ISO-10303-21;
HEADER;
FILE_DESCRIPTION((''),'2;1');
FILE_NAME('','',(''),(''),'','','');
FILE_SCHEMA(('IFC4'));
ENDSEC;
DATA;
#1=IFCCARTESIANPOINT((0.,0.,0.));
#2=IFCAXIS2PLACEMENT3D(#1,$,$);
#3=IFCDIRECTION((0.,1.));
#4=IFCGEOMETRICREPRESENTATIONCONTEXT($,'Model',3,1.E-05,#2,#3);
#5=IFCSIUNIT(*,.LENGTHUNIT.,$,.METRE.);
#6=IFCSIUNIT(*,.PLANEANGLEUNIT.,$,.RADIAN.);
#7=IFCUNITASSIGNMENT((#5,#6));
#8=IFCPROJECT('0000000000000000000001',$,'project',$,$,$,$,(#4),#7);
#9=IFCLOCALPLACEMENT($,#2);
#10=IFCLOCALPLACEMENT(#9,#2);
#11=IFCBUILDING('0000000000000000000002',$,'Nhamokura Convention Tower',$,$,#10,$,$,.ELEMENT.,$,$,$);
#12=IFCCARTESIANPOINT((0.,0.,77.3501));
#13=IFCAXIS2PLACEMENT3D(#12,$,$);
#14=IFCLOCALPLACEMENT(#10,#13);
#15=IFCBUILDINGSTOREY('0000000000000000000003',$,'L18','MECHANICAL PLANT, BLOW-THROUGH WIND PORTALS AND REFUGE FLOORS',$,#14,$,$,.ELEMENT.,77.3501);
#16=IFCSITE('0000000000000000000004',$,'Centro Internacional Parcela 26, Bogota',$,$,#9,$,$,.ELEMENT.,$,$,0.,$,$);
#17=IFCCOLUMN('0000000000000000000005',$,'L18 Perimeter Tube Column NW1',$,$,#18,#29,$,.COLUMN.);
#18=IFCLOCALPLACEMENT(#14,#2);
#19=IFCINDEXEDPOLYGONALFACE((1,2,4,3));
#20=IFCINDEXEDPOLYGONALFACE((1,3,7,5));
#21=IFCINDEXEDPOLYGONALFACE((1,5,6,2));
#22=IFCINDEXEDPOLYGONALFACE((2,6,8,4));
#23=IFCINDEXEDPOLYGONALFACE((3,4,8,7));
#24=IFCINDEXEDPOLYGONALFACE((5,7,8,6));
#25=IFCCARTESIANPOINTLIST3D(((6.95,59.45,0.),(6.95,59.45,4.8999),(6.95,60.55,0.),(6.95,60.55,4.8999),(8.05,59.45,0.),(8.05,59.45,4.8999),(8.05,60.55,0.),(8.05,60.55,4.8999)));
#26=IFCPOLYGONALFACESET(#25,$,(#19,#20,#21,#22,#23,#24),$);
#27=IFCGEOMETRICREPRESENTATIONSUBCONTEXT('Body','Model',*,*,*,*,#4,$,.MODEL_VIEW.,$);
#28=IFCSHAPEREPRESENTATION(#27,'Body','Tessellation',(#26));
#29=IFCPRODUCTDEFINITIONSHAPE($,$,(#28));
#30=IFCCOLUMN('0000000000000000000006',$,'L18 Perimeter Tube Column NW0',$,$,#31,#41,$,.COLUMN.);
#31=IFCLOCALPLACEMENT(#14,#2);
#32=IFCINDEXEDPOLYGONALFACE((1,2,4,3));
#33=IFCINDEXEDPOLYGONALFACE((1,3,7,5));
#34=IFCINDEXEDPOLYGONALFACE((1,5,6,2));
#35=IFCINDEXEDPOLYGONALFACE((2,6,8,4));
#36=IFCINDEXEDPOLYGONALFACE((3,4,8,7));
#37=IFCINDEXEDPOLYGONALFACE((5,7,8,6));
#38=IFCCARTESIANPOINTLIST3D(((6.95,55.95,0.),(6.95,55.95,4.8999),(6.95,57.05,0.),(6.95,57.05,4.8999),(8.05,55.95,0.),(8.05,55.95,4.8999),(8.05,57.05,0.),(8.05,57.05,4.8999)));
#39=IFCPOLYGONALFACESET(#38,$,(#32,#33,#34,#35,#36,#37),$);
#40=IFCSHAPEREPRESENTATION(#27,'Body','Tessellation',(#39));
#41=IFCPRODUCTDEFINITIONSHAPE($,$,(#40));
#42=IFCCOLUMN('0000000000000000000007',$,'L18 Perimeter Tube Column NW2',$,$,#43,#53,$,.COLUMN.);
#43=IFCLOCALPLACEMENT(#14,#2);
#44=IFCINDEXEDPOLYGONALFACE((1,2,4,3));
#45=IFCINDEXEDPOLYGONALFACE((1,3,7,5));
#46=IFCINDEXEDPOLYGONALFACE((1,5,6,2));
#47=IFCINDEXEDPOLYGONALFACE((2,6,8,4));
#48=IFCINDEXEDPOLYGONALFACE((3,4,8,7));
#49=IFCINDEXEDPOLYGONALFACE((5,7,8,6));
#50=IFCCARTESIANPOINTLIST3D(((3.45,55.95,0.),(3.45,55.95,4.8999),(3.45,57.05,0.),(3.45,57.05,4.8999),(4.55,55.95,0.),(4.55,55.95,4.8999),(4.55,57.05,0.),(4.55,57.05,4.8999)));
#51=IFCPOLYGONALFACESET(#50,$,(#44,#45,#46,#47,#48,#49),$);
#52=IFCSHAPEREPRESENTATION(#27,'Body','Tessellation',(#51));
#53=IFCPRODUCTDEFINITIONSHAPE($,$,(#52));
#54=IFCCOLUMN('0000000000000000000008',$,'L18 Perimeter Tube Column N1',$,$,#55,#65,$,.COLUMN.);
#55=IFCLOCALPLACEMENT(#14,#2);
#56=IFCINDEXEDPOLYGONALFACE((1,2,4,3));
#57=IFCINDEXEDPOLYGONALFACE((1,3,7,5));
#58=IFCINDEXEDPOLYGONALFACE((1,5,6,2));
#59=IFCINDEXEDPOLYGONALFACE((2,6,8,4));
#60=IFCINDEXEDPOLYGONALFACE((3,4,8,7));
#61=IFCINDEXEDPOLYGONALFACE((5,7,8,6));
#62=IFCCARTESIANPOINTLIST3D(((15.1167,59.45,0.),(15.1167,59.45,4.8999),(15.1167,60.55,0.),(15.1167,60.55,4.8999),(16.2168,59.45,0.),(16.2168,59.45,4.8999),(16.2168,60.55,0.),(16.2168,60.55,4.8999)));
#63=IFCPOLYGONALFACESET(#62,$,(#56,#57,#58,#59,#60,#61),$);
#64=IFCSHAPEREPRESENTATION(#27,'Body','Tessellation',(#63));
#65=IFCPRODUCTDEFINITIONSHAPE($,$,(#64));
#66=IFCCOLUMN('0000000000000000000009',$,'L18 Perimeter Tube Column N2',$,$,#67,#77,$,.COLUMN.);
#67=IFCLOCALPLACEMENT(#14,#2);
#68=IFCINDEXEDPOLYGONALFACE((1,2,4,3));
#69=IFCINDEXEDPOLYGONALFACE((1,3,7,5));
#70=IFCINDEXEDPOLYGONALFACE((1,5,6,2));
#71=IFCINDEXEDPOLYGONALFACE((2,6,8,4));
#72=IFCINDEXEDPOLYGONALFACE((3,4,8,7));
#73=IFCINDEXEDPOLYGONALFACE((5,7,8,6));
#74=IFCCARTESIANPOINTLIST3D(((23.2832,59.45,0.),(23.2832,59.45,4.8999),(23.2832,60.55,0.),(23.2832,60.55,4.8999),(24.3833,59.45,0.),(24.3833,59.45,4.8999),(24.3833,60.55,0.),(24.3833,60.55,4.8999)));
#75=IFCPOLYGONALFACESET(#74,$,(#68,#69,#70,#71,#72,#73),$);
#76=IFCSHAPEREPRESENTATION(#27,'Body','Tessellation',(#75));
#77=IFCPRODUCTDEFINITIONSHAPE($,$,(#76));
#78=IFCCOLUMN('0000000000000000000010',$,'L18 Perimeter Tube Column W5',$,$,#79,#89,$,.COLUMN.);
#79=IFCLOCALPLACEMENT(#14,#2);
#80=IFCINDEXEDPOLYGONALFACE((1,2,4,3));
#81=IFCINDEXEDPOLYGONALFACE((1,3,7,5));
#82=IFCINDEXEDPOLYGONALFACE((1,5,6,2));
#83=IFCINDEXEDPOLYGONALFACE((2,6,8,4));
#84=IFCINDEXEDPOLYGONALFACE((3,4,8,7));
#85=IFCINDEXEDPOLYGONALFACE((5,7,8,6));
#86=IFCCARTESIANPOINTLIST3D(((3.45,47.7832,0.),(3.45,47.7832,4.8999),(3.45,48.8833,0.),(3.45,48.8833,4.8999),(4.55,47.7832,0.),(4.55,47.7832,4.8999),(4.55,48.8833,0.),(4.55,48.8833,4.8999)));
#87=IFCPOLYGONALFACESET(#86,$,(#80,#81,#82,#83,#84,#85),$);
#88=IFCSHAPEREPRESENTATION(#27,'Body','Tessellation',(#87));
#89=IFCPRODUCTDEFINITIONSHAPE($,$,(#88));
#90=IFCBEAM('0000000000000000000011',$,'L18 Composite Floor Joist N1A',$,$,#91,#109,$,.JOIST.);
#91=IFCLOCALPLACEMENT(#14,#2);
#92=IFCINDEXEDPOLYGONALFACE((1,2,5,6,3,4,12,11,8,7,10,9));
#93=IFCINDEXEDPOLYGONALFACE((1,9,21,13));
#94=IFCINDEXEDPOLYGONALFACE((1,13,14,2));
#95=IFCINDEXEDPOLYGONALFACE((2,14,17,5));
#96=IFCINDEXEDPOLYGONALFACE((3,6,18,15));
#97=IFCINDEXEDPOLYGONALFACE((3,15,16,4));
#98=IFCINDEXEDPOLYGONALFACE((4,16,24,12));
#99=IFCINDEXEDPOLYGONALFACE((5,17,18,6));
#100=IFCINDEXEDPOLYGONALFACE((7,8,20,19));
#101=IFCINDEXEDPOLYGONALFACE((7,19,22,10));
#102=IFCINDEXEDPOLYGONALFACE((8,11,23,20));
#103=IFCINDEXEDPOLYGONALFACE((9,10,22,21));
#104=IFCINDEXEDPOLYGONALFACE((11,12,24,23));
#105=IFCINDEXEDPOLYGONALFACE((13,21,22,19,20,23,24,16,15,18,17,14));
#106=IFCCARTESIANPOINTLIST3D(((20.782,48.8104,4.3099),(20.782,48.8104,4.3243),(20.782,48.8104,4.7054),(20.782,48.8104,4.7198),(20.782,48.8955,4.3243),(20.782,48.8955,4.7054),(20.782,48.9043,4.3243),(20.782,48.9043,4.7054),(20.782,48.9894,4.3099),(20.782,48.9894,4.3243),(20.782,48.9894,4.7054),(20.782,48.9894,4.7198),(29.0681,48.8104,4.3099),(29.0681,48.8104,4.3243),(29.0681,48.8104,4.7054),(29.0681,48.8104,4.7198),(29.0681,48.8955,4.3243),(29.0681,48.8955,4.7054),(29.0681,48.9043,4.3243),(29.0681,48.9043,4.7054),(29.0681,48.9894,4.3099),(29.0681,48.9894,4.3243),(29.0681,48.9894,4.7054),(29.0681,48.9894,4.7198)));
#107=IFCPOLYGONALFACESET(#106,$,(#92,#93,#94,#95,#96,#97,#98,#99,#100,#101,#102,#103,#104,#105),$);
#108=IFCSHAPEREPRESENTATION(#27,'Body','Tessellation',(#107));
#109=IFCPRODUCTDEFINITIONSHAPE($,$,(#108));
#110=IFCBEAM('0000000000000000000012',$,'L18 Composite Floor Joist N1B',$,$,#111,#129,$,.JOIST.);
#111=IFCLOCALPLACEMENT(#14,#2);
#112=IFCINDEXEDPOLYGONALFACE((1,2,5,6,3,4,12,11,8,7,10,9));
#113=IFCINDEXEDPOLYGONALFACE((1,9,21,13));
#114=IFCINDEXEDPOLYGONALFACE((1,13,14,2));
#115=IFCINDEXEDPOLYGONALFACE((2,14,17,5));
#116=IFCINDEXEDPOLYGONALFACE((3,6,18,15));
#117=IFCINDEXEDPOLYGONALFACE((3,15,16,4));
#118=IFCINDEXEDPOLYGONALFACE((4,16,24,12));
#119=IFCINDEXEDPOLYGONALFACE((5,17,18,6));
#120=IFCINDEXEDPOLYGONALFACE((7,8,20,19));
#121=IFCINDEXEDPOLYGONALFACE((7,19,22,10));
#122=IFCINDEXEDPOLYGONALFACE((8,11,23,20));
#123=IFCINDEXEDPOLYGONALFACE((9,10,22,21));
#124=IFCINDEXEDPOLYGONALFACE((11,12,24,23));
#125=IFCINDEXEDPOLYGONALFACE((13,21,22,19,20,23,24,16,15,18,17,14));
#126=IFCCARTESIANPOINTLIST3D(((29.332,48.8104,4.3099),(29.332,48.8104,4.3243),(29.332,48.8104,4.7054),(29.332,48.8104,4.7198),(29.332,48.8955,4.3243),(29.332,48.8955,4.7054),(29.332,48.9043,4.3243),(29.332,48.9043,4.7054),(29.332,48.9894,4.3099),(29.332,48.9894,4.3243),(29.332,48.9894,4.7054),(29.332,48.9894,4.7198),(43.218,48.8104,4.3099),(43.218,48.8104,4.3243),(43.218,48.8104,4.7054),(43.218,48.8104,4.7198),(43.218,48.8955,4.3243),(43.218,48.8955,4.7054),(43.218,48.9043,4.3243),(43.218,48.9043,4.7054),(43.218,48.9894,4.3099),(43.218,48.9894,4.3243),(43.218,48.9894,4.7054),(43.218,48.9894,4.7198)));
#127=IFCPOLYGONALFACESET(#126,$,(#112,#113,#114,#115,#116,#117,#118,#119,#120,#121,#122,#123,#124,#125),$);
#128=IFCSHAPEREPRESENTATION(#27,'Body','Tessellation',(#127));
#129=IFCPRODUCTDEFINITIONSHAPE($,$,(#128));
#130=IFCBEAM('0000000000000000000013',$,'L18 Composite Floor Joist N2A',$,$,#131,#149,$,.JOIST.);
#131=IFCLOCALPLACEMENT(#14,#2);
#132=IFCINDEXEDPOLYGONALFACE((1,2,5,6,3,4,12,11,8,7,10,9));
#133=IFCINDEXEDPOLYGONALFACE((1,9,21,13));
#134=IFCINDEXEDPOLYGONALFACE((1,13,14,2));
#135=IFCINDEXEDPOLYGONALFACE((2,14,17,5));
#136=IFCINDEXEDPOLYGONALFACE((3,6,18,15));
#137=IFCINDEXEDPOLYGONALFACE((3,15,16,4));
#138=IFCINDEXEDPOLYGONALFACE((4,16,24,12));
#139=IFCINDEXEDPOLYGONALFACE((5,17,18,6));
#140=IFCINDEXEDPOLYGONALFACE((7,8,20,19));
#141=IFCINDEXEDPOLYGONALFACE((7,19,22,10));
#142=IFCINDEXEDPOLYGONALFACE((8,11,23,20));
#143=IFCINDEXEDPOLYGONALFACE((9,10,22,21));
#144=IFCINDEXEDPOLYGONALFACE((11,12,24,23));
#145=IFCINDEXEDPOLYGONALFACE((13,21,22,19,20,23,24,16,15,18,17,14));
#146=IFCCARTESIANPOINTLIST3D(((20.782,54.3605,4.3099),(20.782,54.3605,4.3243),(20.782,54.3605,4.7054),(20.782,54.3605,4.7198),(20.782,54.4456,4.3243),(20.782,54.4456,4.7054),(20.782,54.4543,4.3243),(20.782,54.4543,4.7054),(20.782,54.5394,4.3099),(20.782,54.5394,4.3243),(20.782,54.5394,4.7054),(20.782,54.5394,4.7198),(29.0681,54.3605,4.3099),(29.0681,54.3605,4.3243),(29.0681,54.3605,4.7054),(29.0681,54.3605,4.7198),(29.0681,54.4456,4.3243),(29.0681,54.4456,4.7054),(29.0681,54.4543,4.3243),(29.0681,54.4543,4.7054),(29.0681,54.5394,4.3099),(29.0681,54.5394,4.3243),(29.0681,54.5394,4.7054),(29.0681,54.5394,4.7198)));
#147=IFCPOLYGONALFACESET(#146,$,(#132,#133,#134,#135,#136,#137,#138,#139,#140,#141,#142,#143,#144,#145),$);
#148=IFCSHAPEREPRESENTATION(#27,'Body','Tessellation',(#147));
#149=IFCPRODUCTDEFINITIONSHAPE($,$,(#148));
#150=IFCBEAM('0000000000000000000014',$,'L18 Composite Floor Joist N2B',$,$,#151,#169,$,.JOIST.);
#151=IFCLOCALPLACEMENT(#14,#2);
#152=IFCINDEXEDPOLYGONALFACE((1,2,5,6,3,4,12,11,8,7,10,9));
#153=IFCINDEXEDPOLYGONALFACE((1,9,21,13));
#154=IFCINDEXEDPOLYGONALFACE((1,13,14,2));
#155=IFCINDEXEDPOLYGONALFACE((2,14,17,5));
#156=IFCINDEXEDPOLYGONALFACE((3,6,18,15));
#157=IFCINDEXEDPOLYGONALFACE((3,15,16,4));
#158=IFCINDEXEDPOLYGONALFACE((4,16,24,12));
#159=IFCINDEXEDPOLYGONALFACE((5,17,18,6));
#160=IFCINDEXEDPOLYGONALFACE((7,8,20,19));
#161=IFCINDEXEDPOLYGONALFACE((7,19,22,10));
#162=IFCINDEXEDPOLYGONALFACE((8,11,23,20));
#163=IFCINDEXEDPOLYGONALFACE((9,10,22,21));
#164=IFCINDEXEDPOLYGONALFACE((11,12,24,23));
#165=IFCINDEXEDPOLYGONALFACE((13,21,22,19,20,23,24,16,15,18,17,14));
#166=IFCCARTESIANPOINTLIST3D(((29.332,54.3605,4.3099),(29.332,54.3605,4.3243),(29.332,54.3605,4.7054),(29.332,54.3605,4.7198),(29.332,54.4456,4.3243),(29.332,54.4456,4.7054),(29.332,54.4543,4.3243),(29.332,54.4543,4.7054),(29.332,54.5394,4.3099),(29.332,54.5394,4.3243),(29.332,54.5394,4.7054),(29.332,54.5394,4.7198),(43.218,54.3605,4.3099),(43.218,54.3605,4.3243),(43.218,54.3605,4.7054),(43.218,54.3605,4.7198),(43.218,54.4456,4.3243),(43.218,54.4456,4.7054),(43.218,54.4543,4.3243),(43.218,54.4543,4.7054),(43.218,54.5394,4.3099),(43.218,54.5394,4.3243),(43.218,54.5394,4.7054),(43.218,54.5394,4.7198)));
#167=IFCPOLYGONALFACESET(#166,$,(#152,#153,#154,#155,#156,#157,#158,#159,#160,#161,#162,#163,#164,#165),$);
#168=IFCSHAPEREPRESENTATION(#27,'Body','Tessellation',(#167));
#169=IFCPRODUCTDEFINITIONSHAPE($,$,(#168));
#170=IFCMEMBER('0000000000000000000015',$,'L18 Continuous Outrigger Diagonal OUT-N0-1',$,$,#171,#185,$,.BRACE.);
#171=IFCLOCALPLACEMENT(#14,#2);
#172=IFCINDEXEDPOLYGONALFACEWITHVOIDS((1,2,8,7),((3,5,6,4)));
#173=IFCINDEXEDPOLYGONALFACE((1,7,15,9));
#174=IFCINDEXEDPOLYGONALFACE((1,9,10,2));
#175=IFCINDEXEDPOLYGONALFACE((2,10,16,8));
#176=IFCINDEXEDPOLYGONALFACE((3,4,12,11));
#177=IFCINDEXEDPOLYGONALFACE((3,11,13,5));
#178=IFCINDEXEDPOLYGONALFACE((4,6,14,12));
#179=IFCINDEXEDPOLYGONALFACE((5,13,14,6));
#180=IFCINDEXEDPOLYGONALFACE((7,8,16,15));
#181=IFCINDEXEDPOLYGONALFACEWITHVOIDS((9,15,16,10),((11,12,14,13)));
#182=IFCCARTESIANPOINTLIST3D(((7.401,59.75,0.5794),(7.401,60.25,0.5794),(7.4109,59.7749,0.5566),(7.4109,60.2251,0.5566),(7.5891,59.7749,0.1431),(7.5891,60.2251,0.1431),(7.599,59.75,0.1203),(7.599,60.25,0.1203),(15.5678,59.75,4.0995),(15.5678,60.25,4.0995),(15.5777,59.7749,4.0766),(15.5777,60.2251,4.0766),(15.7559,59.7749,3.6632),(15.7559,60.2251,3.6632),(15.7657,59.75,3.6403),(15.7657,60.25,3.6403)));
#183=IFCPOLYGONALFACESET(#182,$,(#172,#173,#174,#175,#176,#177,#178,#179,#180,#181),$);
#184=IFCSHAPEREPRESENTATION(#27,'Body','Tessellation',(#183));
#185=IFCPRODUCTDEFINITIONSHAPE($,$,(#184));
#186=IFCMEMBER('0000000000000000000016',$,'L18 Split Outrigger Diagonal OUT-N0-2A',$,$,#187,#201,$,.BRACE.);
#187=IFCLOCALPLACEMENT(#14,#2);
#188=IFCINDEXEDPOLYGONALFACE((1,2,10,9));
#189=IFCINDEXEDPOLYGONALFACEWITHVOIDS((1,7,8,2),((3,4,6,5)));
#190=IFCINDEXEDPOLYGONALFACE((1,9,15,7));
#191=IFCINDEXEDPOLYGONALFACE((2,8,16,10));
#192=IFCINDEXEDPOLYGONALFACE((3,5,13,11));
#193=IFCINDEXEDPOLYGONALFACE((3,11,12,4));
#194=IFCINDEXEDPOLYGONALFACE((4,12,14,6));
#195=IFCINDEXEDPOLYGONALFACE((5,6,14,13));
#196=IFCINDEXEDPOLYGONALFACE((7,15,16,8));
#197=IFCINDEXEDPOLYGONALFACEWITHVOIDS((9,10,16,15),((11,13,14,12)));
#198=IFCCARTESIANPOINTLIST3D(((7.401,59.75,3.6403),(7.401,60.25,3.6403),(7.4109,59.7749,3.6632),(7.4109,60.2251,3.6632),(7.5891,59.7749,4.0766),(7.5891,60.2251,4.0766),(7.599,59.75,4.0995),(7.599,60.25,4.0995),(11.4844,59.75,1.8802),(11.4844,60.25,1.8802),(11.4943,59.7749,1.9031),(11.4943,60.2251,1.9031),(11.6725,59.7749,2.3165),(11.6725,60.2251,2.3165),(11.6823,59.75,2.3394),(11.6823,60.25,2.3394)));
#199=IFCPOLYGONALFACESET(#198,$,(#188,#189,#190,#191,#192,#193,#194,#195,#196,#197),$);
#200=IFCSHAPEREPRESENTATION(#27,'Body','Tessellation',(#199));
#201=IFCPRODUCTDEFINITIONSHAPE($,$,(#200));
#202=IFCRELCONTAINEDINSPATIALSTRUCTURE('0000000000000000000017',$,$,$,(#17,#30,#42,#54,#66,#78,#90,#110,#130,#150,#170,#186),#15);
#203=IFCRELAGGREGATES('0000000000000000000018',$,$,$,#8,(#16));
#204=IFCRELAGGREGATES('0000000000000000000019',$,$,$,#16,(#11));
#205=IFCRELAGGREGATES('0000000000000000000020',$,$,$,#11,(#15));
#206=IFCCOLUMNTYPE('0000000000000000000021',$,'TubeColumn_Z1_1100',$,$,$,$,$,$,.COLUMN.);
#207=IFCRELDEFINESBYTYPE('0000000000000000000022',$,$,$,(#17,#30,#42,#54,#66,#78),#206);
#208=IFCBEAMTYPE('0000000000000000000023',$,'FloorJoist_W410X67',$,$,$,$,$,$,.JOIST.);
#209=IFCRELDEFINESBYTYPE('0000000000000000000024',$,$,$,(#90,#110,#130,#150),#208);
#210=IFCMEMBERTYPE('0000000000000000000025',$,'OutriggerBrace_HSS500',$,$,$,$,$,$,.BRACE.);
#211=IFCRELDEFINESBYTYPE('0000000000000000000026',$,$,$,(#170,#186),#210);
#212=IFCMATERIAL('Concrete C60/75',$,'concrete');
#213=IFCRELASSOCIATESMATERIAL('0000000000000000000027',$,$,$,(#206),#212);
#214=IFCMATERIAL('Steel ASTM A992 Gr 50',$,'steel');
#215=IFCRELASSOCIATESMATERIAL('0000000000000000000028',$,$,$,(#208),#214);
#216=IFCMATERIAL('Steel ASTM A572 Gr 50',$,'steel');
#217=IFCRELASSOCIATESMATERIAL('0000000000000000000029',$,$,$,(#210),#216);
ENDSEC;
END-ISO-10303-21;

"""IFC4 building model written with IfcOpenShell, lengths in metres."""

from ifc_helpers import new_model, si_unit, direction, frame, origin, origin_2d, place, context, subcontext, project, spatial, rectangle, hollow_rectangle, i_section, extrude, material, material_profile, profile_set, type_object, element, save


model = new_model("IFC4")

# Units and contexts
model_context = context("Model", 3, precision=1e-05, world=origin(), true_north=direction((0.0, 1.0)))
body_context = subcontext(model_context, "Body", "Model", "MODEL_VIEW")
ifc_project = project(units=[si_unit("LENGTHUNIT", "METRE"), si_unit("PLANEANGLEUNIT", "RADIAN")], contexts=[model_context])

# Site, building, storey
site_placement = place(None, origin())
site = spatial("IfcSite", under=ifc_project, at=site_placement, Name="Centro Internacional Parcela 26, Bogota", CompositionType="ELEMENT", RefElevation=0.0)
building_placement = place(site_placement, origin())
building = spatial("IfcBuilding", under=site, at=building_placement, Name="Nhamokura Convention Tower", CompositionType="ELEMENT")
storey_placement = place(building_placement, frame((0.0, 0.0, 77.3501)))
storey = spatial("IfcBuildingStorey", under=building, at=storey_placement, Name="L18", Description="MECHANICAL PLANT, BLOW-THROUGH WIND PORTALS AND REFUGE FLOORS", CompositionType="ELEMENT", Elevation=77.3501)

# Columns
ifc_material_1 = material(Name="Concrete C60/75", Category="concrete")
ifc_material_profile_1 = material_profile(ifc_material_1, rectangle(XDim=1.1001, YDim=1.1001, at=origin_2d()))
ifc_profile_set_1 = profile_set([ifc_material_profile_1], Name="Concrete C60/75")
column_type = type_object("IfcColumnType", Name="TubeColumn_Z1_1100", PredefinedType="COLUMN", material=ifc_profile_set_1)
for number, where, z_axis, x_axis, name in (
    (1, (7.5, 60.0, 0.0), (0.0, 0.0, 1.0), (1.0, 0.0, 0.0), "L18 Perimeter Tube Column NW1"),
    (2, (7.5, 56.5, 0.0), (0.0, 0.0, 1.0), (1.0, 0.0, 0.0), "L18 Perimeter Tube Column NW0"),
    (3, (4.0, 56.5, 0.0), (0.0, 0.0, 1.0), (1.0, 0.0, 0.0), "L18 Perimeter Tube Column NW2"),
    (4, (15.6667, 60.0, 0.0), (0.0, 0.0, 1.0), (1.0, 0.0, 0.0), "L18 Perimeter Tube Column N1"),
    (5, (23.8333, 60.0, 0.0), (0.0, 0.0, 1.0), (1.0, 0.0, 0.0), "L18 Perimeter Tube Column N2"),
    (6, (4.0, 48.3333, 0.0), (0.0, 0.0, 1.0), (1.0, 0.0, 0.0), "L18 Perimeter Tube Column W5"),
):
    element("IfcColumn", number, at=place(storey_placement, frame(where, z_axis=z_axis, x_axis=x_axis)), inside=storey, type_object=column_type, Name=name, PredefinedType="COLUMN", context=body_context, shape_type="SweptSolid", body=[
        extrude(rectangle(XDim=1.1001, YDim=1.1001, at=origin_2d()), origin(), (0.0, 0.0, 1.0), 4.8999),
    ])

# Beams
ifc_material_2 = material(Name="Steel ASTM A992 Gr 50", Category="steel")
ifc_material_profile_2 = material_profile(ifc_material_2, i_section(OverallWidth=0.179, OverallDepth=0.4099, WebThickness=0.0088, FlangeThickness=0.0144, at=origin_2d()))
ifc_profile_set_2 = profile_set([ifc_material_profile_2], Name="Steel ASTM A992 Gr 50")
beam_type_1 = type_object("IfcBeamType", Name="FloorJoist_W410X67", PredefinedType="JOIST", material=ifc_profile_set_2)
beam_1_placement = place(storey_placement, frame((20.782, 48.8999, 4.5149), z_axis=(1.0, 0.0, 0.0), x_axis=(0.0, 1.0, 0.0)))
element("IfcBeam", 7, at=beam_1_placement, inside=storey, type_object=beam_type_1, Name="L18 Composite Floor Joist N1A", PredefinedType="JOIST", context=body_context, shape_type="SweptSolid", body=[
    extrude(i_section(OverallWidth=0.179, OverallDepth=0.4099, WebThickness=0.0088, FlangeThickness=0.0144, at=origin_2d()), origin(), (0.0, 0.0, 1.0), 8.2861),
])
beam_2_placement = place(storey_placement, frame((29.332, 48.8999, 4.5149), z_axis=(1.0, 0.0, 0.0), x_axis=(0.0, 1.0, 0.0)))
element("IfcBeam", 8, at=beam_2_placement, inside=storey, type_object=beam_type_1, Name="L18 Composite Floor Joist N1B", PredefinedType="JOIST", context=body_context, shape_type="SweptSolid", body=[
    extrude(i_section(OverallWidth=0.179, OverallDepth=0.4099, WebThickness=0.0088, FlangeThickness=0.0144, at=origin_2d()), origin(), (0.0, 0.0, 1.0), 13.886),
])
beam_3_placement = place(storey_placement, frame((20.782, 54.45, 4.5149), z_axis=(1.0, 0.0, 0.0), x_axis=(0.0, 1.0, 0.0)))
element("IfcBeam", 9, at=beam_3_placement, inside=storey, type_object=beam_type_1, Name="L18 Composite Floor Joist N2A", PredefinedType="JOIST", context=body_context, shape_type="SweptSolid", body=[
    extrude(i_section(OverallWidth=0.179, OverallDepth=0.4099, WebThickness=0.0088, FlangeThickness=0.0144, at=origin_2d()), origin(), (0.0, 0.0, 1.0), 8.2861),
])
beam_4_placement = place(storey_placement, frame((29.332, 54.45, 4.5149), z_axis=(1.0, 0.0, 0.0), x_axis=(0.0, 1.0, 0.0)))
element("IfcBeam", 10, at=beam_4_placement, inside=storey, type_object=beam_type_1, Name="L18 Composite Floor Joist N2B", PredefinedType="JOIST", context=body_context, shape_type="SweptSolid", body=[
    extrude(i_section(OverallWidth=0.179, OverallDepth=0.4099, WebThickness=0.0088, FlangeThickness=0.0144, at=origin_2d()), origin(), (0.0, 0.0, 1.0), 13.886),
])

# Members
ifc_material_3 = material(Name="Steel ASTM A572 Gr 50", Category="steel")
ifc_material_profile_3 = material_profile(ifc_material_3, hollow_rectangle(XDim=0.5, YDim=0.5, WallThickness=0.0249, at=origin_2d()))
ifc_profile_set_3 = profile_set([ifc_material_profile_3], Name="Steel ASTM A572 Gr 50")
member_type = type_object("IfcMemberType", Name="OutriggerBrace_HSS500", PredefinedType="BRACE", material=ifc_profile_set_3)
member_1_placement = place(storey_placement, frame((7.5, 60.0, 0.3499), z_axis=(0.918329, 0.0, 0.395817), x_axis=(0.0, 1.0, 0.0)))
element("IfcMember", 11, at=member_1_placement, inside=storey, type_object=member_type, Name="L18 Continuous Outrigger Diagonal OUT-N0-1", PredefinedType="BRACE", context=body_context, shape_type="SweptSolid", body=[
    extrude(hollow_rectangle(XDim=0.5, YDim=0.5, WallThickness=0.0249, at=origin_2d()), origin(), (0.0, 0.0, 1.0), 8.8931),
])
for number, where, z_axis, x_axis, name in (
    (12, (7.5, 60.0, 3.8699), (0.918325, 0.0, -0.395827), (0.0, 1.0, 0.0), "L18 Split Outrigger Diagonal OUT-N0-2A"),
):
    element("IfcMember", number, at=place(storey_placement, frame(where, z_axis=z_axis, x_axis=x_axis)), inside=storey, type_object=member_type, Name=name, PredefinedType="BRACE", context=body_context, shape_type="SweptSolid", body=[
        extrude(hollow_rectangle(XDim=0.5, YDim=0.5, WallThickness=0.0249, at=origin_2d()), origin(), (0.0, 0.0, 1.0), 4.4465),
    ])

save(model, "model.ifc")
